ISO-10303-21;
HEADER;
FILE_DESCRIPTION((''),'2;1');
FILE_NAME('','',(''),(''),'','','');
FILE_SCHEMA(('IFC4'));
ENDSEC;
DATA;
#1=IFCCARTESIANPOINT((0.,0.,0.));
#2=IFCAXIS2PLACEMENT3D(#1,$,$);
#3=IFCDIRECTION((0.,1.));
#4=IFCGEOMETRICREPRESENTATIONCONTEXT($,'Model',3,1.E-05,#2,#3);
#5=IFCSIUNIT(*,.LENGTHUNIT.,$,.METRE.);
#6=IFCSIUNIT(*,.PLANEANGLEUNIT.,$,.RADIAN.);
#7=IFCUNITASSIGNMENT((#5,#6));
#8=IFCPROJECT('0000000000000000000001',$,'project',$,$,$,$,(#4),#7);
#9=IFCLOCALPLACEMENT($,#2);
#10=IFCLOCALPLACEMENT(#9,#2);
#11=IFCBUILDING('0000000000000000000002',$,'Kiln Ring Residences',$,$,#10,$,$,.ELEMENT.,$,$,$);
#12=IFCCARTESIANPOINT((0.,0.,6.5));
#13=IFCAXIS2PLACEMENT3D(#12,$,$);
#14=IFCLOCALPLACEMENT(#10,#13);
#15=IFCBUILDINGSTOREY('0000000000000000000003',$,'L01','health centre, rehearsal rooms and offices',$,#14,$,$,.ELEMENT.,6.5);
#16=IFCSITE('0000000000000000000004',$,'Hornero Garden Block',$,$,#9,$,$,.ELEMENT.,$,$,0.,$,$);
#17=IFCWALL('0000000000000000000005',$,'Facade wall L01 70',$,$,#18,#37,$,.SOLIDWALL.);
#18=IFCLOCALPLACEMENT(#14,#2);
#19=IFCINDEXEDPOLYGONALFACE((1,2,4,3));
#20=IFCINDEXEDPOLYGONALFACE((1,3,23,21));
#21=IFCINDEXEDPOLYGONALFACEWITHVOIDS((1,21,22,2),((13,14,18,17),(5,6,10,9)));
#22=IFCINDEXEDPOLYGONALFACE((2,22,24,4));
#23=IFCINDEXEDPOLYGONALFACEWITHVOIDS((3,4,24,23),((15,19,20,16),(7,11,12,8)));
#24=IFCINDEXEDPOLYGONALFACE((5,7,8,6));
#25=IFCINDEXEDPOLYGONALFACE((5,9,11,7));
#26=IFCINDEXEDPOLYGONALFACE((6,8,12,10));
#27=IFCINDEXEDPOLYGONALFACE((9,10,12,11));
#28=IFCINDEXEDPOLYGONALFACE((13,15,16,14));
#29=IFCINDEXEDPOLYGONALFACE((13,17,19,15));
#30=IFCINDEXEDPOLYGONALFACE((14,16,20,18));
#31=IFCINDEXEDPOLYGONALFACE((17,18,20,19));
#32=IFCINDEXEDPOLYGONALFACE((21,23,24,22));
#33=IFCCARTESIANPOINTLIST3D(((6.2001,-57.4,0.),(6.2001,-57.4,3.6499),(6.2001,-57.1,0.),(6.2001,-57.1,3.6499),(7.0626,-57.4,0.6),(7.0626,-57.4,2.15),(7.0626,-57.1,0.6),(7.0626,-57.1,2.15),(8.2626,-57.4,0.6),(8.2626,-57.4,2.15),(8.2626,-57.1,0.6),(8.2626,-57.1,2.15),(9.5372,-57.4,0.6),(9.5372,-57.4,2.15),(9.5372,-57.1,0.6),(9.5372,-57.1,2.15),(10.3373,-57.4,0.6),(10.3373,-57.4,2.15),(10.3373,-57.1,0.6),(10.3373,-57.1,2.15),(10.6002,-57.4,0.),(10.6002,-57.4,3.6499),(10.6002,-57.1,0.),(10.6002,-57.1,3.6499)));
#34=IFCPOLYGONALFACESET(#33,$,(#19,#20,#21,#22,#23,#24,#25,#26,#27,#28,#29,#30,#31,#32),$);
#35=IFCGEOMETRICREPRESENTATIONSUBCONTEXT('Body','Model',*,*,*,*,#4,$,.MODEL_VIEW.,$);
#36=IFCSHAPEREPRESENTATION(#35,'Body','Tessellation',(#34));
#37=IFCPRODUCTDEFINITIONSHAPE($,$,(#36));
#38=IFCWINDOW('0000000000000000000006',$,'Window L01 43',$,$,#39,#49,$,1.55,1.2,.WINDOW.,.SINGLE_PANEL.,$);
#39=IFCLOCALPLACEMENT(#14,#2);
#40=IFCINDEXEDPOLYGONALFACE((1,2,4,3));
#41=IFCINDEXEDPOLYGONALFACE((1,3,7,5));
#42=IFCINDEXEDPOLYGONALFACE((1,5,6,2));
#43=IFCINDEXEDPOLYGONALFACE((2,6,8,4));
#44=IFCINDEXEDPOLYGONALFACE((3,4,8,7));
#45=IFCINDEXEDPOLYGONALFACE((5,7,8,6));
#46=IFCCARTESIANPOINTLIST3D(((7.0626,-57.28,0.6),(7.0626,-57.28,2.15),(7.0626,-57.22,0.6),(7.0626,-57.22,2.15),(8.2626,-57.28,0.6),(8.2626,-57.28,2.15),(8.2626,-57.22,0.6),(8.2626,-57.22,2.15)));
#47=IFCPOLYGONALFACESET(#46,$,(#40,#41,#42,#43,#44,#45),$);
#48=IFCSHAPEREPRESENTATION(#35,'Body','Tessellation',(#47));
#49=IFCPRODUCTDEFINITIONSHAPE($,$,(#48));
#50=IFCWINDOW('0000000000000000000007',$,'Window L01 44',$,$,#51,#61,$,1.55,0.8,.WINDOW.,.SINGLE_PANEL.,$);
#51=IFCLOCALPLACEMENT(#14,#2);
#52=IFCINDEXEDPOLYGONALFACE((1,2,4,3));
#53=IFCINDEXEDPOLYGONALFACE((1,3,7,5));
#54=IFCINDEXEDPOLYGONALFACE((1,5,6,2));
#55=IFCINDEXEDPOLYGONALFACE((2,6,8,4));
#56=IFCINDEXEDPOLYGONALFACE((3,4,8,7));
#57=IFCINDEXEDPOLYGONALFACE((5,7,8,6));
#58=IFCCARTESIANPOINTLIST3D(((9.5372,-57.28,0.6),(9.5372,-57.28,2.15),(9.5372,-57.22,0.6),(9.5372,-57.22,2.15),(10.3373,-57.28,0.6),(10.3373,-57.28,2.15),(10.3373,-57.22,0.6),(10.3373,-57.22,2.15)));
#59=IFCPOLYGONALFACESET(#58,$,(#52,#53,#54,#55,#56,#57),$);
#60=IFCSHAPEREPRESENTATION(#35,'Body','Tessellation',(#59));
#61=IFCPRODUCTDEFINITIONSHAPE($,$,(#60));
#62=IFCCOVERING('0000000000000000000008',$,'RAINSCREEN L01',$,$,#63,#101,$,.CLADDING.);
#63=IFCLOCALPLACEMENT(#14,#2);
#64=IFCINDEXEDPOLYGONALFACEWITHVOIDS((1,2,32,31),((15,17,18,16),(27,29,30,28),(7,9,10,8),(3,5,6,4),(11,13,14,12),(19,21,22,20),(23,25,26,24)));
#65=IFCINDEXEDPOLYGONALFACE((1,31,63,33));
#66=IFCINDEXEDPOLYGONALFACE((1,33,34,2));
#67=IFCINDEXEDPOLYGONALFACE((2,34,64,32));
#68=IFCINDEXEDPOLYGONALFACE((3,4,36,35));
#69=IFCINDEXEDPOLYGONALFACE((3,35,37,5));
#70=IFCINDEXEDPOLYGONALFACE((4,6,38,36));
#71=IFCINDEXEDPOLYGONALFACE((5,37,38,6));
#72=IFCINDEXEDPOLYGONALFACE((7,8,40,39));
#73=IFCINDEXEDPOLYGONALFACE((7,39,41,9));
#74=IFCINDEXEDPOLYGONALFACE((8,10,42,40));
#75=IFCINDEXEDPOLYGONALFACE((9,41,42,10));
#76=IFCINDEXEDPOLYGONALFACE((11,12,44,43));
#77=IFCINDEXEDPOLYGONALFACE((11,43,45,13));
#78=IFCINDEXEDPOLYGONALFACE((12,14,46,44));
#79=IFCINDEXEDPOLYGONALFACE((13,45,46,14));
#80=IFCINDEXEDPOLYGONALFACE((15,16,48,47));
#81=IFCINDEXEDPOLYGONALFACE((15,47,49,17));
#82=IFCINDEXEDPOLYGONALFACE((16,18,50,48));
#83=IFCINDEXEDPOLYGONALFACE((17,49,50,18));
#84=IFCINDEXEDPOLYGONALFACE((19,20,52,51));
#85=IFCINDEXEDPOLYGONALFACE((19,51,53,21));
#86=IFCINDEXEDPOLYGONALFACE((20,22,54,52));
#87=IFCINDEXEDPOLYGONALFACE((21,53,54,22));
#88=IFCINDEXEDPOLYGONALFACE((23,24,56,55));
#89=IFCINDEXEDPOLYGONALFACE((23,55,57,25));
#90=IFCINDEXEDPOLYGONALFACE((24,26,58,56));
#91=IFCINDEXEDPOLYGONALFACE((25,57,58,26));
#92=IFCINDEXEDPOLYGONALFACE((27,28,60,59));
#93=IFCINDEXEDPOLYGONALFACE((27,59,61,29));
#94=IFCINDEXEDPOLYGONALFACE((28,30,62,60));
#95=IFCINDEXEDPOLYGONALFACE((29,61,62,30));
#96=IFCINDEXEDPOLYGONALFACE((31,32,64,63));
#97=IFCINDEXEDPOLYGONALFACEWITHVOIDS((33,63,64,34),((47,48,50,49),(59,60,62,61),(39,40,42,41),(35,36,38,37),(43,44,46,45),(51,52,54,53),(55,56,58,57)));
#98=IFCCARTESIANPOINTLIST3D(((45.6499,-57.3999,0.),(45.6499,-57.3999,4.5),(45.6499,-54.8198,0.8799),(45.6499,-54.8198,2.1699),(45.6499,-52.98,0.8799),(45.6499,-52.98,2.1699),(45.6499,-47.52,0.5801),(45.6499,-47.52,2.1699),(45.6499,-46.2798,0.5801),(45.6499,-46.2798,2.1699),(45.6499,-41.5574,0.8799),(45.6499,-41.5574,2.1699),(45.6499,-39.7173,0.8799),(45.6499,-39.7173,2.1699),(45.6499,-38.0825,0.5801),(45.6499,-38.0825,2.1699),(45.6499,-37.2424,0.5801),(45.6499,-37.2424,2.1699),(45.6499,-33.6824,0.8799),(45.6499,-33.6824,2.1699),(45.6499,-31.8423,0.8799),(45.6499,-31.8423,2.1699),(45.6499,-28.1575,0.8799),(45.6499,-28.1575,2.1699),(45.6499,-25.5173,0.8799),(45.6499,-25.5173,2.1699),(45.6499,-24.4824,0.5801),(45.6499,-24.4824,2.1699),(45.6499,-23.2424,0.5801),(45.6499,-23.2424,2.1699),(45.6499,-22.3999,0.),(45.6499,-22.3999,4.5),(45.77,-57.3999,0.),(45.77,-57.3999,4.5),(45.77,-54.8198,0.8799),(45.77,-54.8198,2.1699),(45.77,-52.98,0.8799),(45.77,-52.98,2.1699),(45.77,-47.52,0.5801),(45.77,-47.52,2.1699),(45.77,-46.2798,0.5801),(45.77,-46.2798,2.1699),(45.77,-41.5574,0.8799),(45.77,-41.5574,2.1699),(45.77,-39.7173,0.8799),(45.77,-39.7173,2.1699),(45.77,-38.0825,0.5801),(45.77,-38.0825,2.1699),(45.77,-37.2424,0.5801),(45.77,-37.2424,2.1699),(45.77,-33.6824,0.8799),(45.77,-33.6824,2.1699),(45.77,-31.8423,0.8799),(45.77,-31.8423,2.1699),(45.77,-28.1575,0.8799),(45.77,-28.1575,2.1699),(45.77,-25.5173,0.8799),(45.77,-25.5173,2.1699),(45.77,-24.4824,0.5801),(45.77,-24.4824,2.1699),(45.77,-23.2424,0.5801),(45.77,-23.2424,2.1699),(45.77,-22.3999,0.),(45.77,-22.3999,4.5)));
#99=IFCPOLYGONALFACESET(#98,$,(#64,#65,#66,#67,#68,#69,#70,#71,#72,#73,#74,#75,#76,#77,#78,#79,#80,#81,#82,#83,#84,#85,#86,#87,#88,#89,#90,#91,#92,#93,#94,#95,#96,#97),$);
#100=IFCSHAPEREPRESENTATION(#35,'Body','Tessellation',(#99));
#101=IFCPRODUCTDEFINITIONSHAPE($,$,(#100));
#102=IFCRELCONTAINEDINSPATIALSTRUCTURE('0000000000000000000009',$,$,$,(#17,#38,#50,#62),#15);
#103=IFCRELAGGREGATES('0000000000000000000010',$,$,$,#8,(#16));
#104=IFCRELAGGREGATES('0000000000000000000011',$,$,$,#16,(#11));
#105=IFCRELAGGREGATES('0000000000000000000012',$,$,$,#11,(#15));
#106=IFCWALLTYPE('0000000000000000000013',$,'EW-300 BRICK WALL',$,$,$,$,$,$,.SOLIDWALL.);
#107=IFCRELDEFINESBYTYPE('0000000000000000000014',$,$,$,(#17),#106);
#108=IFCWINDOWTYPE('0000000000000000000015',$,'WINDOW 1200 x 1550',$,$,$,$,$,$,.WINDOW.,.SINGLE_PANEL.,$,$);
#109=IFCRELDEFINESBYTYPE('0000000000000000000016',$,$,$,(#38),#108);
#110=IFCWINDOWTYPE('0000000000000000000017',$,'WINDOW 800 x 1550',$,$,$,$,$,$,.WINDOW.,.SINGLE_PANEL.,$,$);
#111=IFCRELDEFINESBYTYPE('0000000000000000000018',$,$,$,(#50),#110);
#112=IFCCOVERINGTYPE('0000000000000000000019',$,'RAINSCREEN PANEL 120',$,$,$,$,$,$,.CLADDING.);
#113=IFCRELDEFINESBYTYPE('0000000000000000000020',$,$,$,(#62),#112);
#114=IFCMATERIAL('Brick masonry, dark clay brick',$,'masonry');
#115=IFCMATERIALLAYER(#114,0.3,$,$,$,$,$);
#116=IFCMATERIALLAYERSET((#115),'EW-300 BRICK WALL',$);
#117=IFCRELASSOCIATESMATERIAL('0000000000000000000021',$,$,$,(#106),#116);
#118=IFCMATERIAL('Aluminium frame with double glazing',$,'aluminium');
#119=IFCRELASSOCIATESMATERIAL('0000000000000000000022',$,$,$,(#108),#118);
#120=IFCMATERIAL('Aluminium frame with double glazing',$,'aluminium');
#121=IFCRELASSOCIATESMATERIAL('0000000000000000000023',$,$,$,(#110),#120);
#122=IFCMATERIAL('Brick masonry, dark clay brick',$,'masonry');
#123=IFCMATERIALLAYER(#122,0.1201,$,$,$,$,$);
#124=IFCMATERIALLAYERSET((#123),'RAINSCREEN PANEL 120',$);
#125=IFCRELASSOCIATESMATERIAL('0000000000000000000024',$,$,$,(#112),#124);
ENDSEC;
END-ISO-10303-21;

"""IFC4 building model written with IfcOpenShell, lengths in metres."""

from ifc_helpers import new_model, si_unit, direction, frame, frame_2d, origin, place, context, subcontext, project, spatial, polyline, rectangle, outline, extrude, material, layer, layer_set, type_object, element, fill, save


model = new_model("IFC4")

# Units and contexts
model_context = context("Model", 3, precision=1e-05, world=origin(), true_north=direction((0.0, 1.0)))
body_context = subcontext(model_context, "Body", "Model", "MODEL_VIEW")
ifc_project = project(units=[si_unit("LENGTHUNIT", "METRE"), si_unit("PLANEANGLEUNIT", "RADIAN")], contexts=[model_context])

# Site, building, storey
site_placement = place(None, origin())
site = spatial("IfcSite", under=ifc_project, at=site_placement, Name="Hornero Garden Block", CompositionType="ELEMENT", RefElevation=0.0)
building_placement = place(site_placement, origin())
building = spatial("IfcBuilding", under=site, at=building_placement, Name="Kiln Ring Residences", CompositionType="ELEMENT")
storey_placement = place(building_placement, frame((0.0, 0.0, 6.5)))
storey = spatial("IfcBuildingStorey", under=building, at=storey_placement, Name="L01", Description="health centre, rehearsal rooms and offices", CompositionType="ELEMENT", Elevation=6.5)

# Shared definitions
ifc_material_1 = material(Name="Brick masonry, dark clay brick", Category="masonry")
ifc_layer_1 = layer(ifc_material_1, 0.3)
ifc_layer_set_1 = layer_set([ifc_layer_1], Name="EW-300 BRICK WALL")
wall_type = type_object("IfcWallType", Name="EW-300 BRICK WALL", PredefinedType="SOLIDWALL", material=ifc_layer_set_1)

# Wall, openings, windows
wall_1_placement = place(storey_placement, frame((6.2, -57.25, 0.0), z_axis=(0.0, 0.0, 1.0), x_axis=(1.0, 0.0, 0.0)))
wall_1 = element("IfcWall", 1, at=wall_1_placement, inside=storey, type_object=wall_type, Name="Facade wall L01 70", PredefinedType="SOLIDWALL", context=body_context, shape_type="SweptSolid", body=[
    extrude(rectangle(XDim=4.4001, YDim=0.3, at=frame_2d((2.2002, 0.0))), origin(), (0.0, 0.0, 1.0), 3.6499),
])
opening_1_placement = place(wall_1_placement, frame((0.8625, 0.0, 0.6001)))
opening_1 = element("IfcOpeningElement", 2, at=opening_1_placement, cuts=wall_1, PredefinedType="OPENING", context=body_context, shape_type="SweptSolid", body=[
    extrude(rectangle(XDim=1.2, YDim=1.55, at=frame_2d((0.6001, 0.7749))), frame((0.0, 0.1599, 0.0), z_axis=(0.0, -1.0, 0.0), x_axis=(1.0, 0.0, 0.0)), (0.0, 0.0, 1.0), 0.3201),
])
opening_2_placement = place(wall_1_placement, frame((3.3374, 0.0, 0.6001)))
opening_2 = element("IfcOpeningElement", 3, at=opening_2_placement, cuts=wall_1, PredefinedType="OPENING", context=body_context, shape_type="SweptSolid", body=[
    extrude(rectangle(XDim=0.8, YDim=1.55, at=frame_2d((0.3999, 0.7749))), frame((0.0, 0.1599, 0.0), z_axis=(0.0, -1.0, 0.0), x_axis=(1.0, 0.0, 0.0)), (0.0, 0.0, 1.0), 0.3201),
])
ifc_material_2 = material(Name="Aluminium frame with double glazing", Category="aluminium")
window_type_1 = type_object("IfcWindowType", Name="WINDOW 1200 x 1550", PartitioningType="SINGLE_PANEL", PredefinedType="WINDOW", material=ifc_material_2)
window_1_placement = place(opening_1_placement, origin())
window_1 = element("IfcWindow", 4, at=window_1_placement, inside=storey, type_object=window_type_1, Name="Window L01 43", OverallHeight=1.55, OverallWidth=1.2, PartitioningType="SINGLE_PANEL", PredefinedType="WINDOW", context=body_context, shape_type="SweptSolid", body=[
    extrude(rectangle(XDim=1.2, YDim=1.55, at=frame_2d((0.6001, 0.7749))), frame((0.0, 0.03, 0.0), z_axis=(0.0, -1.0, 0.0), x_axis=(1.0, 0.0, 0.0)), (0.0, 0.0, 1.0), 0.0601),
])
fill(opening_1, window_1)
ifc_material_3 = material(Name="Aluminium frame with double glazing", Category="aluminium")
window_type_2 = type_object("IfcWindowType", Name="WINDOW 800 x 1550", PartitioningType="SINGLE_PANEL", PredefinedType="WINDOW", material=ifc_material_3)
window_2_placement = place(opening_2_placement, origin())
window_2 = element("IfcWindow", 5, at=window_2_placement, inside=storey, type_object=window_type_2, Name="Window L01 44", OverallHeight=1.55, OverallWidth=0.8, PartitioningType="SINGLE_PANEL", PredefinedType="WINDOW", context=body_context, shape_type="SweptSolid", body=[
    extrude(rectangle(XDim=0.8, YDim=1.55, at=frame_2d((0.3999, 0.7749))), frame((0.0, 0.03, 0.0), z_axis=(0.0, -1.0, 0.0), x_axis=(1.0, 0.0, 0.0)), (0.0, 0.0, 1.0), 0.0601),
])
fill(opening_2, window_2)

# Covering
ifc_material_4 = material(Name="Brick masonry, dark clay brick", Category="masonry")
ifc_layer_2 = layer(ifc_material_4, 0.1201)
ifc_layer_set_2 = layer_set([ifc_layer_2], Name="RAINSCREEN PANEL 120")
covering_type = type_object("IfcCoveringType", Name="RAINSCREEN PANEL 120", PredefinedType="CLADDING", material=ifc_layer_set_2)
covering_placement = place(storey_placement, frame((45.71, -57.3999, 0.0), z_axis=(0.0, 0.0, 1.0), x_axis=(0.0, 1.0, 0.0)))
element("IfcCovering", 6, at=covering_placement, inside=storey, type_object=covering_type, Name="RAINSCREEN L01", PredefinedType="CLADDING", context=body_context, shape_type="SweptSolid", body=[
    extrude(outline(polyline([(0.0, 0.0), (35.0, 0.0), (35.0, 4.5), (0.0, 4.5), (0.0, 0.0)]), holes=[polyline([(11.1201, 0.5801), (11.1201, 2.1699), (9.8799, 2.1699), (9.8799, 0.5801), (11.1201, 0.5801)]), polyline([(19.3174, 0.5801), (20.1575, 0.5801), (20.1575, 2.1699), (19.3174, 2.1699), (19.3174, 0.5801)]), polyline([(32.9175, 0.5801), (34.1575, 0.5801), (34.1575, 2.1699), (32.9175, 2.1699), (32.9175, 0.5801)]), polyline([(2.5801, 0.8799), (4.4199, 0.8799), (4.4199, 2.1699), (2.5801, 2.1699), (2.5801, 0.8799)]), polyline([(15.8425, 0.8799), (17.6826, 0.8799), (17.6826, 2.1699), (15.8425, 2.1699), (15.8425, 0.8799)]), polyline([(23.7175, 0.8799), (25.5576, 0.8799), (25.5576, 2.1699), (23.7175, 2.1699), (23.7175, 0.8799)]), polyline([(29.2424, 0.8799), (31.8826, 0.8799), (31.8826, 2.1699), (29.2424, 2.1699), (29.2424, 0.8799)])]), frame((0.0, 0.0601, 0.0), z_axis=(0.0, -1.0, 0.0), x_axis=(1.0, 0.0, 0.0)), (0.0, 0.0, 1.0), 0.1201),
])

save(model, "model.ifc")
